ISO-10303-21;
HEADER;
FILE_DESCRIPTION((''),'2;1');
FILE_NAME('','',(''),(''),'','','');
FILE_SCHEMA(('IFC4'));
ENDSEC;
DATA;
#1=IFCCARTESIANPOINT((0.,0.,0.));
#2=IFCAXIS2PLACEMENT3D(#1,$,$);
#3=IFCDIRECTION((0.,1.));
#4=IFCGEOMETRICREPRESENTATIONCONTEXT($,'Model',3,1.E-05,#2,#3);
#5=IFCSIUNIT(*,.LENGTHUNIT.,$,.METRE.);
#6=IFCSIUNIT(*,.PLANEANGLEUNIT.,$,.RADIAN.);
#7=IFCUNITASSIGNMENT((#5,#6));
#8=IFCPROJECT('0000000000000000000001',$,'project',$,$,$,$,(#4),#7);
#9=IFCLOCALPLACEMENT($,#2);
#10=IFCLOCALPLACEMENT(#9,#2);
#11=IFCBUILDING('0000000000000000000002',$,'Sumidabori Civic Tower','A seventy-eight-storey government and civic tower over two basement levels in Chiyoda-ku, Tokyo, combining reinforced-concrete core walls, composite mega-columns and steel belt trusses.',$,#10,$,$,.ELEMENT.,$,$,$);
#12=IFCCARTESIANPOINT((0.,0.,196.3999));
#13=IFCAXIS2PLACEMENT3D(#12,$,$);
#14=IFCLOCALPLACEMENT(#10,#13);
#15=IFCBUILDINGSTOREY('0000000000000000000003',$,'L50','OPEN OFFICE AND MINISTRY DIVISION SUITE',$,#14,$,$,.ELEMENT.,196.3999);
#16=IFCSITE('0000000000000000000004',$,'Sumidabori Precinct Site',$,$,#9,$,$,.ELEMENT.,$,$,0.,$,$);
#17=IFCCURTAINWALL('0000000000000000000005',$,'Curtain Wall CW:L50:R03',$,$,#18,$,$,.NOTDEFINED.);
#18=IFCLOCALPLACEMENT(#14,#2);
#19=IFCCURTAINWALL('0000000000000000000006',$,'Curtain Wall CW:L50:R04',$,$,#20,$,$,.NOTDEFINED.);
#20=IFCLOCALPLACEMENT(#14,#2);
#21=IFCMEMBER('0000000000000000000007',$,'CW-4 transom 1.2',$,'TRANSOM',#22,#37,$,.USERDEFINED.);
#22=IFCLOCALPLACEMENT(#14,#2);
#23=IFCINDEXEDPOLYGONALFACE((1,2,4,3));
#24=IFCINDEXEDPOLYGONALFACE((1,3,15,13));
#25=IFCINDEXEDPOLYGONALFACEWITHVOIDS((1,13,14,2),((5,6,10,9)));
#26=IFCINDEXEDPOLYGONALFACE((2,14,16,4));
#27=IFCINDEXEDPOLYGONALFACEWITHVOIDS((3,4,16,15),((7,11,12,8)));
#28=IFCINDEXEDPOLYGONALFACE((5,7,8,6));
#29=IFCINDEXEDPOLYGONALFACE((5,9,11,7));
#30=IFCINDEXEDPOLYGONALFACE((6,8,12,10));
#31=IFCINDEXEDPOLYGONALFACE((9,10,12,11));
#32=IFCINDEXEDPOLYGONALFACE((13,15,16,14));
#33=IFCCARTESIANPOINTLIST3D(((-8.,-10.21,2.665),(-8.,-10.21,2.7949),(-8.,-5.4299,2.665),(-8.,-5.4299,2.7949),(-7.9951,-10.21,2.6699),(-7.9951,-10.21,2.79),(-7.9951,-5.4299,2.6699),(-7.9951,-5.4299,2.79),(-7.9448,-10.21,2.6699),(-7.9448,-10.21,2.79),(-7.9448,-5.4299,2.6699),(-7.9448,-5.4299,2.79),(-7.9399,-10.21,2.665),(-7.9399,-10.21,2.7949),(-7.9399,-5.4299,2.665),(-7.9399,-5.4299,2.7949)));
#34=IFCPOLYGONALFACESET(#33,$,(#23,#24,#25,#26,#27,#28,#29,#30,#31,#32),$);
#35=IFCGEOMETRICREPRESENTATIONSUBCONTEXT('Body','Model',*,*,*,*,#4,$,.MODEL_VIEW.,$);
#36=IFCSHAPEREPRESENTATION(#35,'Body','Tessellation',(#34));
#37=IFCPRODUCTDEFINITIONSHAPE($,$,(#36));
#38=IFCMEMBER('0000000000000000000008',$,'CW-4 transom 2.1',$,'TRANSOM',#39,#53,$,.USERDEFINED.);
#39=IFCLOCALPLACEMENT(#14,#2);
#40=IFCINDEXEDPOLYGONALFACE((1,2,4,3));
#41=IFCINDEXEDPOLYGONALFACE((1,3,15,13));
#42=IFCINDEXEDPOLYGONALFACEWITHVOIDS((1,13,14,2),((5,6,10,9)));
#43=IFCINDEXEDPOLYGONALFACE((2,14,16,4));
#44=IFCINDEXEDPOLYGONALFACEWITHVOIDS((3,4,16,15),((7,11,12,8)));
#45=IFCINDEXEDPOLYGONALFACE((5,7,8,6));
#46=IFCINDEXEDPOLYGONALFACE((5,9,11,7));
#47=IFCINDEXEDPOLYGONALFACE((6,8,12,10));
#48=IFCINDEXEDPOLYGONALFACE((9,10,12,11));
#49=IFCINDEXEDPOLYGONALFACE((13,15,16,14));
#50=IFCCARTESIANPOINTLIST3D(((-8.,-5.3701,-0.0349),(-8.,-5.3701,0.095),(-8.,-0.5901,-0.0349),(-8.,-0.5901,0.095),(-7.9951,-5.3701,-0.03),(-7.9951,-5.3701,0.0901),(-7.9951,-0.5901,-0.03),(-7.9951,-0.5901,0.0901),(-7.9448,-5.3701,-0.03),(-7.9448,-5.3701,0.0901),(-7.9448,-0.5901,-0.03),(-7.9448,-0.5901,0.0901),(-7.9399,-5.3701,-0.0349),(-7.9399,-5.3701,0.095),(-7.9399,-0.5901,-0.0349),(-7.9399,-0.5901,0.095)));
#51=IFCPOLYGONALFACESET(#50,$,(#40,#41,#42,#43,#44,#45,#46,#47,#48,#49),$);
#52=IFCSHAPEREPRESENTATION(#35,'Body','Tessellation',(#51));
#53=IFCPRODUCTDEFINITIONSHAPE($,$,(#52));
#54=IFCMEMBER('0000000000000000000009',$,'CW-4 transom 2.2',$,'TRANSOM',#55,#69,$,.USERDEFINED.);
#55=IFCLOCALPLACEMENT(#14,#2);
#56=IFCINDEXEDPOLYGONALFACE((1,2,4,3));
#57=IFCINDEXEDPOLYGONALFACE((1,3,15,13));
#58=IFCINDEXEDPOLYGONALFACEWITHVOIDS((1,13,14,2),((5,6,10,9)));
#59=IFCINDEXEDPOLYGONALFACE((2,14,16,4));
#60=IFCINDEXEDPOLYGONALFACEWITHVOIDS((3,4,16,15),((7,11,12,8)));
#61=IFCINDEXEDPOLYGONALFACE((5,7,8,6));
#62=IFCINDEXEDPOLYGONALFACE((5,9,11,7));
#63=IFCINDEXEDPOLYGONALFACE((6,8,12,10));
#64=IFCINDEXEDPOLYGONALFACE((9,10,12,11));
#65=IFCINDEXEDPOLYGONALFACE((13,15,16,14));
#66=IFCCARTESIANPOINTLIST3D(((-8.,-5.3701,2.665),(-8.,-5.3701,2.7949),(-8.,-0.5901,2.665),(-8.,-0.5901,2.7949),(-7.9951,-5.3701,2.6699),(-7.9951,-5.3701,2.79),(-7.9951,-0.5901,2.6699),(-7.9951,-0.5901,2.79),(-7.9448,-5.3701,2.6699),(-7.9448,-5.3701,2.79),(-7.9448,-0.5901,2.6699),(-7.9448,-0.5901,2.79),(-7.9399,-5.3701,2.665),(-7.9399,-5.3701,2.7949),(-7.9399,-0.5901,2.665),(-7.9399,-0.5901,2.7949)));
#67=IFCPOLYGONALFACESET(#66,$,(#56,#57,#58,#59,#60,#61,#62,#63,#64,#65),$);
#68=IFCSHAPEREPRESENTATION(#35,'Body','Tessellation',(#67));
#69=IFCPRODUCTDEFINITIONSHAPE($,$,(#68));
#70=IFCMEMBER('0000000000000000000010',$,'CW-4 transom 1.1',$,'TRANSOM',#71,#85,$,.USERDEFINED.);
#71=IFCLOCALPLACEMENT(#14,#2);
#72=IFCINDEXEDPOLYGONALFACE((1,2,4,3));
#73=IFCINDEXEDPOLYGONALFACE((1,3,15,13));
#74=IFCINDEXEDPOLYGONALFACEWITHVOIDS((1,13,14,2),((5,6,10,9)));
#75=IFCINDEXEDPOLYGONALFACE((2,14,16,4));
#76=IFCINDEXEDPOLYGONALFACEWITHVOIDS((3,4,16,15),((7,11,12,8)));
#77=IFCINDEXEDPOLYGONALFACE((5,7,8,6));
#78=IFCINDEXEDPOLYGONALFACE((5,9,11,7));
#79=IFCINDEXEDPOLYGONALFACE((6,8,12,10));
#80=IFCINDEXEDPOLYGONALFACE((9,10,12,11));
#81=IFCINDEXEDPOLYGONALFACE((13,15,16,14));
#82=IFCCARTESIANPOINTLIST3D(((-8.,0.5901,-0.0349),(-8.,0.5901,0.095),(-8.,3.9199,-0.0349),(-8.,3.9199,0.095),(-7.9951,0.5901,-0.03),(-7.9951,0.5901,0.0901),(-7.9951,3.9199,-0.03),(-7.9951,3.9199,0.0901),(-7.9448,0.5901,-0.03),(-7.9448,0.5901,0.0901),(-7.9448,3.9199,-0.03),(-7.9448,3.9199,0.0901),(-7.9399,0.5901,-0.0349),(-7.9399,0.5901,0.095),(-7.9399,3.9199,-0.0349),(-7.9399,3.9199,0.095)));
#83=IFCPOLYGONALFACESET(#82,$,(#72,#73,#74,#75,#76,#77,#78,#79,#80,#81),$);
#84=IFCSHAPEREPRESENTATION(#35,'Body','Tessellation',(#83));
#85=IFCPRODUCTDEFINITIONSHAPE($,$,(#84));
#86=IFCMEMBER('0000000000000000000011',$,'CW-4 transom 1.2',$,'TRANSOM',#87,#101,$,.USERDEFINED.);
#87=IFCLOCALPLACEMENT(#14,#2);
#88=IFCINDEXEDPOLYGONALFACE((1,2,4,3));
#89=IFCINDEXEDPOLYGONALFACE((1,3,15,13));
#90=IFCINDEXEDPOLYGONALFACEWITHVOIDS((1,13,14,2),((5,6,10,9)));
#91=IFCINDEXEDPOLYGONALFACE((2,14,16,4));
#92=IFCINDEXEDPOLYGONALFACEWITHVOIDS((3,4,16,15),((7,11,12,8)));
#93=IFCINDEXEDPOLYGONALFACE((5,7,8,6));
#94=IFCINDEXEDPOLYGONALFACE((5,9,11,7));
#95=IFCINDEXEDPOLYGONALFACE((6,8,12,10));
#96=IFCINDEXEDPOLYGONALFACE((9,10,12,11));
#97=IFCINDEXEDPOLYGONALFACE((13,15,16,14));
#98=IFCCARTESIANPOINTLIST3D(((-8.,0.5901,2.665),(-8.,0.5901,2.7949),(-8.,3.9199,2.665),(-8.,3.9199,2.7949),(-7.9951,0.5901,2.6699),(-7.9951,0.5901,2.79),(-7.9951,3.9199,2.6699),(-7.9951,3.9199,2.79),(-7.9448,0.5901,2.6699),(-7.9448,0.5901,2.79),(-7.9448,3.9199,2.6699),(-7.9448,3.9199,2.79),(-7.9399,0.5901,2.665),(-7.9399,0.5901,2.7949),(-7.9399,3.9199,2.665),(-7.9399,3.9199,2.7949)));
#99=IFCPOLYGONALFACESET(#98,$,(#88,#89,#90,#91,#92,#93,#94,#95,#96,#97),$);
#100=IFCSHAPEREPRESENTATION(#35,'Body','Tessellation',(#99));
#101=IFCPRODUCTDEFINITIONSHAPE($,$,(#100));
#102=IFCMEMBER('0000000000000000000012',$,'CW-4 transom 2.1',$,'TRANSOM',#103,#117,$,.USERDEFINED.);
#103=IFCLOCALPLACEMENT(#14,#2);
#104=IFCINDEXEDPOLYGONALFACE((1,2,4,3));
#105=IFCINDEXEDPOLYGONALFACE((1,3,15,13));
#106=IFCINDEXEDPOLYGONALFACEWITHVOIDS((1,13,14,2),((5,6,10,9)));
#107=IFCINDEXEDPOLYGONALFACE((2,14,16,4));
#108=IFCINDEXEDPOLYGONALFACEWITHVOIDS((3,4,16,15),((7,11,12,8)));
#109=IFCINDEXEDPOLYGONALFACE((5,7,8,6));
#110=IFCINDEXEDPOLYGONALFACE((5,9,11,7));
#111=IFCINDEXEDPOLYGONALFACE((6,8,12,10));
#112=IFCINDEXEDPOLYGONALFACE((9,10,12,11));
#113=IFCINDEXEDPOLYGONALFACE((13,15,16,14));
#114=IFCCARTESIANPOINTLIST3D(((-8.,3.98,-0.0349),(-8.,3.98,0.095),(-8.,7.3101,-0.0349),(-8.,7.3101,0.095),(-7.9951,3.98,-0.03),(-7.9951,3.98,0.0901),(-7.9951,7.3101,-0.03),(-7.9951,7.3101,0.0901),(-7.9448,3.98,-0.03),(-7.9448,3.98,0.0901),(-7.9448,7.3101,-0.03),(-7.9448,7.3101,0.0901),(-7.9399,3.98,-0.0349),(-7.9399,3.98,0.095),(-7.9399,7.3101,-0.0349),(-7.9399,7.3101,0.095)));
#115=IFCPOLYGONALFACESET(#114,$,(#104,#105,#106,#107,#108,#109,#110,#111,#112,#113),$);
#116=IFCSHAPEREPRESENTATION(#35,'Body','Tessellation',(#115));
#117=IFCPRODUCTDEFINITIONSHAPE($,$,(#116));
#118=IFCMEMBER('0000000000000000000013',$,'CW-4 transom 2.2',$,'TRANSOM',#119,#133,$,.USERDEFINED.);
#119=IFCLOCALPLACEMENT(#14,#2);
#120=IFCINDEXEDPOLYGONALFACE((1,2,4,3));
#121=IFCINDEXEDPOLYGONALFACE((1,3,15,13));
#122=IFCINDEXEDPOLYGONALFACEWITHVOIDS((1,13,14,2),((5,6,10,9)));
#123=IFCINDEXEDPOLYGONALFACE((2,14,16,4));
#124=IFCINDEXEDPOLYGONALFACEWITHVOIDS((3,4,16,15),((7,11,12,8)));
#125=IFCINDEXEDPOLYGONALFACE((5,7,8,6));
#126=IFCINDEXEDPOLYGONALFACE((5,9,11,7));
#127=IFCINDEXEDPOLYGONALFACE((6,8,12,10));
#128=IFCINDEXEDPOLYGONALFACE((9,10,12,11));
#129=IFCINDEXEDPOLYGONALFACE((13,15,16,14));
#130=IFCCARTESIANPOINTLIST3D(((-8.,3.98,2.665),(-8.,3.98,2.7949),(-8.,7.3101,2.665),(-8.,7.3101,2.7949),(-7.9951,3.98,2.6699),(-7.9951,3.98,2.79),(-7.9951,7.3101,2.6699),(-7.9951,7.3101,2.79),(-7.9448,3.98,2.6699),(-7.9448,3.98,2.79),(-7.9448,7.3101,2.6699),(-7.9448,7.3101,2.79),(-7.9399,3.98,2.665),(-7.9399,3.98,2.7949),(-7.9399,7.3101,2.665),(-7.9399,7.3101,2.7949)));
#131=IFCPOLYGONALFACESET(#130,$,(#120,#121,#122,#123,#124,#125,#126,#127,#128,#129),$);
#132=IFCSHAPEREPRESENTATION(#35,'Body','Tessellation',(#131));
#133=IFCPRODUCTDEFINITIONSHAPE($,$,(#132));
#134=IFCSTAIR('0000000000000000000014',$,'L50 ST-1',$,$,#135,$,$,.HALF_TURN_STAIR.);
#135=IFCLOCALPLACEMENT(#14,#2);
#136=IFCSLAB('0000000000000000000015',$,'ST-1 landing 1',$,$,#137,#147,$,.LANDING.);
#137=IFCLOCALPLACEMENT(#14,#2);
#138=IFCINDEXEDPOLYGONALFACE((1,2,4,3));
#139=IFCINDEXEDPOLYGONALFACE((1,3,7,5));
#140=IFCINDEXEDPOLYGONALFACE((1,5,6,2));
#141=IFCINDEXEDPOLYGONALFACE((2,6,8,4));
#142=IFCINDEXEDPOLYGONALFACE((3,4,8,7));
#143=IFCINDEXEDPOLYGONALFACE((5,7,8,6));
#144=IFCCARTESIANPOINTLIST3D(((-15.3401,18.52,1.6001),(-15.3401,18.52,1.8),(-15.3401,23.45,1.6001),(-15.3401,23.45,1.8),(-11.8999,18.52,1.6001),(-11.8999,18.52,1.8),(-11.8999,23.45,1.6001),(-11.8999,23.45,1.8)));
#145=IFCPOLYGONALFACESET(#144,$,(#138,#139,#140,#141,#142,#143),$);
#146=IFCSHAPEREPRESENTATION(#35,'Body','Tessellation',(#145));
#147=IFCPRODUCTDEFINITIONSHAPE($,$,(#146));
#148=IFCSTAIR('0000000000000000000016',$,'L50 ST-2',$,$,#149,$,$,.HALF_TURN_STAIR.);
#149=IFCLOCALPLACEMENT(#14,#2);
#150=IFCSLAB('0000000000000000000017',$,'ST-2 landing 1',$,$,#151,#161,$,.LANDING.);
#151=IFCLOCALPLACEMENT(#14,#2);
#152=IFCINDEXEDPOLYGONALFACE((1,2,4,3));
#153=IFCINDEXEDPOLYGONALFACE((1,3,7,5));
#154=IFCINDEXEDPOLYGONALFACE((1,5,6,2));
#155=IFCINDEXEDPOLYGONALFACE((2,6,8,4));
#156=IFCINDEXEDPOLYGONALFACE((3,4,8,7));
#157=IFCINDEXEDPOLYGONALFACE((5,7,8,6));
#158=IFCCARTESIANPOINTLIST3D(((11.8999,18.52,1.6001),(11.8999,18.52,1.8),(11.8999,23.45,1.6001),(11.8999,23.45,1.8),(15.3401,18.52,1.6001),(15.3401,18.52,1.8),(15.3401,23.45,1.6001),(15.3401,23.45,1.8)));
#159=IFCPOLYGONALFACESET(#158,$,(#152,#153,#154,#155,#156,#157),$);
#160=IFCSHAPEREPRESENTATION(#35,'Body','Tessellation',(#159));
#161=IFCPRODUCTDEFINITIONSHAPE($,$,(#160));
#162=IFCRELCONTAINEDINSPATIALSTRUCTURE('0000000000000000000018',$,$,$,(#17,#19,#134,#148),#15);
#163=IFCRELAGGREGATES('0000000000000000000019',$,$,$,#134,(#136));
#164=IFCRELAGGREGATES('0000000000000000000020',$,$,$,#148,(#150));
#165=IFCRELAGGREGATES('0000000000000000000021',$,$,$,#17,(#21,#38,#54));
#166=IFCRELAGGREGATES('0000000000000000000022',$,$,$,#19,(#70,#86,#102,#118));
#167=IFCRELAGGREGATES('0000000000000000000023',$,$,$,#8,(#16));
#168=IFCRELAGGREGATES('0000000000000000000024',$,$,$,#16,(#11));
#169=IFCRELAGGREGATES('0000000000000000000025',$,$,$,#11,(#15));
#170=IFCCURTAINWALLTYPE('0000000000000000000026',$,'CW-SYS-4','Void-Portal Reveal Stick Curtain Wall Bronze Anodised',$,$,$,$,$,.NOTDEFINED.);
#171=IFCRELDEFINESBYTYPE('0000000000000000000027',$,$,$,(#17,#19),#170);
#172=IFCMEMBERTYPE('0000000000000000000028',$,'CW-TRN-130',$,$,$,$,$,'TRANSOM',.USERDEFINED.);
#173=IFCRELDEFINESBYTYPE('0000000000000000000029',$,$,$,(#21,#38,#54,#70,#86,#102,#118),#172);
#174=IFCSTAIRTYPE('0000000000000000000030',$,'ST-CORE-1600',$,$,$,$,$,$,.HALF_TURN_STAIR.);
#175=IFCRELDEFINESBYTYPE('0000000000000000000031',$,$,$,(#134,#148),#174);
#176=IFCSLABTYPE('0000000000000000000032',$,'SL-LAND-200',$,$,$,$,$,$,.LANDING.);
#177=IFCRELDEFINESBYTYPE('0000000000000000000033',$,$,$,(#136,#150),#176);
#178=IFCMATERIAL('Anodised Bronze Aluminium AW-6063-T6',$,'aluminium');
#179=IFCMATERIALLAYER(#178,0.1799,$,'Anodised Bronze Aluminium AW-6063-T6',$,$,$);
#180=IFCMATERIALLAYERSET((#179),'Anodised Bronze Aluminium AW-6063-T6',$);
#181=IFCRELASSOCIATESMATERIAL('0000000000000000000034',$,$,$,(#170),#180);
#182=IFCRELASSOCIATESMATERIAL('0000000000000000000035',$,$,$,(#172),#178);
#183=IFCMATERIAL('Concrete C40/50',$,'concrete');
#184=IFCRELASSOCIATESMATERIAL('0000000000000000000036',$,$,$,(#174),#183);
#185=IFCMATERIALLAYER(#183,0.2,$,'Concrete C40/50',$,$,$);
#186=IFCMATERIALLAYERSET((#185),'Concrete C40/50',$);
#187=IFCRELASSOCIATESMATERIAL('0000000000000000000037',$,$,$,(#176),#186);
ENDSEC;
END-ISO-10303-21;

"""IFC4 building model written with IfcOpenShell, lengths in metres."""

from ifc_helpers import new_model, si_unit, direction, frame, origin, origin_2d, place, context, subcontext, project, spatial, polyline, hollow_rectangle, outline, extrude, source, transform, mapped, material, layer, layer_set, material_profile, profile_set, type_object, element, aggregate, save


model = new_model("IFC4")

# Units and contexts
model_context = context("Model", 3, precision=1e-05, world=origin(), true_north=direction((0.0, 1.0)))
body_context = subcontext(model_context, "Body", "Model", "MODEL_VIEW")
ifc_project = project(units=[si_unit("LENGTHUNIT", "METRE"), si_unit("PLANEANGLEUNIT", "RADIAN")], contexts=[model_context])

# Site, building, storey
site_placement = place(None, origin())
site = spatial("IfcSite", under=ifc_project, at=site_placement, Name="Sumidabori Precinct Site", CompositionType="ELEMENT", RefElevation=0.0)
building_placement = place(site_placement, origin())
building = spatial("IfcBuilding", under=site, at=building_placement, Name="Sumidabori Civic Tower", Description="A seventy-eight-storey government and civic tower over two basement levels in Chiyoda-ku, Tokyo, combining reinforced-concrete core walls, composite mega-columns and steel belt trusses.", CompositionType="ELEMENT")
storey_placement = place(building_placement, frame((0.0, 0.0, 196.3999)))
storey = spatial("IfcBuildingStorey", under=building, at=storey_placement, Name="L50", Description="OPEN OFFICE AND MINISTRY DIVISION SUITE", CompositionType="ELEMENT", Elevation=196.3999)

# Shared definitions
ifc_material_1 = material(Name="Anodised Bronze Aluminium AW-6063-T6", Category="aluminium")

# Curtain walls
ifc_layer_1 = layer(ifc_material_1, 0.1799, Name="Anodised Bronze Aluminium AW-6063-T6")
ifc_layer_set_1 = layer_set([ifc_layer_1], Name="Anodised Bronze Aluminium AW-6063-T6")
curtain_wall_type_1 = type_object("IfcCurtainWallType", Name="CW-SYS-4", Description="Void-Portal Reveal Stick Curtain Wall Bronze Anodised", PredefinedType="NOTDEFINED", material=ifc_layer_set_1)
curtain_wall_1_placement = place(storey_placement, origin())
curtain_wall_1 = element("IfcCurtainWall", 1, at=curtain_wall_1_placement, inside=storey, type_object=curtain_wall_type_1, Name="Curtain Wall CW:L50:R03", PredefinedType="NOTDEFINED")
curtain_wall_2_placement = place(storey_placement, origin())
curtain_wall_2 = element("IfcCurtainWall", 2, at=curtain_wall_2_placement, inside=storey, type_object=curtain_wall_type_1, Name="Curtain Wall CW:L50:R04", PredefinedType="NOTDEFINED")

# Members
ifc_material_profile_1 = material_profile(ifc_material_1, hollow_rectangle(XDim=0.0601, YDim=0.1299, WallThickness=0.0049, at=origin_2d()), Name="ALU TRANSOM 130x60")
ifc_profile_set_1 = profile_set([ifc_material_profile_1], Name="Anodised Bronze Aluminium AW-6063-T6")
member_type_1 = type_object("IfcMemberType", Name="CW-TRN-130", ElementType="TRANSOM", PredefinedType="USERDEFINED", material=ifc_profile_set_1)
shared_shape_1 = source(origin(), body_context, "Body", "SweptSolid", [
    extrude(hollow_rectangle(XDim=0.0601, YDim=0.1299, WallThickness=0.0049, at=origin_2d()), origin(), (0.0, 0.0, 1.0), 4.78),
])
member_1_placement = place(storey_placement, frame((-7.97, -10.21, 2.73), z_axis=(0.0, 1.0, 0.0), x_axis=(-1.0, 0.0, 0.0)))
member_1 = element("IfcMember", 3, at=member_1_placement, type_object=member_type_1, Name="CW-4 transom 1.2", ObjectType="TRANSOM", PredefinedType="USERDEFINED", context=body_context, shape_type="MappedRepresentation", body=[
    mapped(shared_shape_1, transform((0.0, 0.0, 0.0), x_axis=(1.0, 0.0, 0.0), y_axis=(0.0, 1.0, 0.0), z_axis=(0.0, 0.0, 1.0), scale=1.0)),
])
member_2_placement = place(storey_placement, frame((-7.97, -5.3701, 0.03), z_axis=(0.0, 1.0, 0.0), x_axis=(-1.0, 0.0, 0.0)))
member_2 = element("IfcMember", 4, at=member_2_placement, type_object=member_type_1, Name="CW-4 transom 2.1", ObjectType="TRANSOM", PredefinedType="USERDEFINED", context=body_context, shape_type="MappedRepresentation", body=[
    mapped(shared_shape_1, transform((0.0, 0.0, 0.0), x_axis=(1.0, 0.0, 0.0), y_axis=(0.0, 1.0, 0.0), z_axis=(0.0, 0.0, 1.0), scale=1.0)),
])
member_3_placement = place(storey_placement, frame((-7.97, -5.3701, 2.73), z_axis=(0.0, 1.0, 0.0), x_axis=(-1.0, 0.0, 0.0)))
member_3 = element("IfcMember", 5, at=member_3_placement, type_object=member_type_1, Name="CW-4 transom 2.2", ObjectType="TRANSOM", PredefinedType="USERDEFINED", context=body_context, shape_type="MappedRepresentation", body=[
    mapped(shared_shape_1, transform((0.0, 0.0, 0.0), x_axis=(1.0, 0.0, 0.0), y_axis=(0.0, 1.0, 0.0), z_axis=(0.0, 0.0, 1.0), scale=1.0)),
])
shared_shape_2 = source(origin(), body_context, "Body", "SweptSolid", [
    extrude(hollow_rectangle(XDim=0.0601, YDim=0.1299, WallThickness=0.0049, at=origin_2d()), origin(), (0.0, 0.0, 1.0), 3.3298),
])
member_4_placement = place(storey_placement, frame((-7.97, 0.5901, 0.03), z_axis=(0.0, 1.0, 0.0), x_axis=(-1.0, 0.0, 0.0)))
member_4 = element("IfcMember", 6, at=member_4_placement, type_object=member_type_1, Name="CW-4 transom 1.1", ObjectType="TRANSOM", PredefinedType="USERDEFINED", context=body_context, shape_type="MappedRepresentation", body=[
    mapped(shared_shape_2, transform((0.0, 0.0, 0.0), x_axis=(1.0, 0.0, 0.0), y_axis=(0.0, 1.0, 0.0), z_axis=(0.0, 0.0, 1.0), scale=1.0)),
])
member_5_placement = place(storey_placement, frame((-7.97, 0.5901, 2.73), z_axis=(0.0, 1.0, 0.0), x_axis=(-1.0, 0.0, 0.0)))
member_5 = element("IfcMember", 7, at=member_5_placement, type_object=member_type_1, Name="CW-4 transom 1.2", ObjectType="TRANSOM", PredefinedType="USERDEFINED", context=body_context, shape_type="MappedRepresentation", body=[
    mapped(shared_shape_2, transform((0.0, 0.0, 0.0), x_axis=(1.0, 0.0, 0.0), y_axis=(0.0, 1.0, 0.0), z_axis=(0.0, 0.0, 1.0), scale=1.0)),
])
shared_shape_3 = source(origin(), body_context, "Body", "SweptSolid", [
    extrude(hollow_rectangle(XDim=0.0601, YDim=0.1299, WallThickness=0.0049, at=origin_2d()), origin(), (0.0, 0.0, 1.0), 3.3301),
])
member_6_placement = place(storey_placement, frame((-7.97, 3.98, 0.03), z_axis=(0.0, 1.0, 0.0), x_axis=(-1.0, 0.0, 0.0)))
member_6 = element("IfcMember", 8, at=member_6_placement, type_object=member_type_1, Name="CW-4 transom 2.1", ObjectType="TRANSOM", PredefinedType="USERDEFINED", context=body_context, shape_type="MappedRepresentation", body=[
    mapped(shared_shape_3, transform((0.0, 0.0, 0.0), x_axis=(1.0, 0.0, 0.0), y_axis=(0.0, 1.0, 0.0), z_axis=(0.0, 0.0, 1.0), scale=1.0)),
])
member_7_placement = place(storey_placement, frame((-7.97, 3.98, 2.73), z_axis=(0.0, 1.0, 0.0), x_axis=(-1.0, 0.0, 0.0)))
member_7 = element("IfcMember", 9, at=member_7_placement, type_object=member_type_1, Name="CW-4 transom 2.2", ObjectType="TRANSOM", PredefinedType="USERDEFINED", context=body_context, shape_type="MappedRepresentation", body=[
    mapped(shared_shape_3, transform((0.0, 0.0, 0.0), x_axis=(1.0, 0.0, 0.0), y_axis=(0.0, 1.0, 0.0), z_axis=(0.0, 0.0, 1.0), scale=1.0)),
])

# Stairs, slabs
ifc_material_2 = material(Name="Concrete C40/50", Category="concrete")
stair_type = type_object("IfcStairType", Name="ST-CORE-1600", PredefinedType="HALF_TURN_STAIR", material=ifc_material_2)
stair_1_placement = place(storey_placement, origin())
stair_1 = element("IfcStair", 10, at=stair_1_placement, inside=storey, type_object=stair_type, Name="L50 ST-1", PredefinedType="HALF_TURN_STAIR")
ifc_layer_2 = layer(ifc_material_2, 0.2, Name="Concrete C40/50")
ifc_layer_set_2 = layer_set([ifc_layer_2], Name="Concrete C40/50")
slab_type_1 = type_object("IfcSlabType", Name="SL-LAND-200", PredefinedType="LANDING", material=ifc_layer_set_2)
slab_1_placement = place(storey_placement, frame((0.0, 0.0, 1.6001)))
slab_1 = element("IfcSlab", 11, at=slab_1_placement, type_object=slab_type_1, Name="ST-1 landing 1", PredefinedType="LANDING", context=body_context, shape_type="SweptSolid", body=[
    extrude(outline(polyline([(-11.8999, 18.52), (-11.8999, 23.45), (-15.3401, 23.45), (-15.3401, 18.52), (-11.8999, 18.52)])), origin(), (0.0, 0.0, 1.0), 0.2),
])
aggregate(stair_1, [slab_1])
stair_2_placement = place(storey_placement, origin())
stair_2 = element("IfcStair", 12, at=stair_2_placement, inside=storey, type_object=stair_type, Name="L50 ST-2", PredefinedType="HALF_TURN_STAIR")
slab_2_placement = place(storey_placement, frame((0.0, 0.0, 1.6001)))
slab_2 = element("IfcSlab", 13, at=slab_2_placement, type_object=slab_type_1, Name="ST-2 landing 1", PredefinedType="LANDING", context=body_context, shape_type="SweptSolid", body=[
    extrude(outline(polyline([(15.3401, 18.52), (15.3401, 23.45), (11.8999, 23.45), (11.8999, 18.52), (15.3401, 18.52)])), origin(), (0.0, 0.0, 1.0), 0.2),
])
aggregate(stair_2, [slab_2])

aggregate(curtain_wall_1, [member_1, member_2, member_3])
aggregate(curtain_wall_2, [member_4, member_5, member_6, member_7])

save(model, "model.ifc")
